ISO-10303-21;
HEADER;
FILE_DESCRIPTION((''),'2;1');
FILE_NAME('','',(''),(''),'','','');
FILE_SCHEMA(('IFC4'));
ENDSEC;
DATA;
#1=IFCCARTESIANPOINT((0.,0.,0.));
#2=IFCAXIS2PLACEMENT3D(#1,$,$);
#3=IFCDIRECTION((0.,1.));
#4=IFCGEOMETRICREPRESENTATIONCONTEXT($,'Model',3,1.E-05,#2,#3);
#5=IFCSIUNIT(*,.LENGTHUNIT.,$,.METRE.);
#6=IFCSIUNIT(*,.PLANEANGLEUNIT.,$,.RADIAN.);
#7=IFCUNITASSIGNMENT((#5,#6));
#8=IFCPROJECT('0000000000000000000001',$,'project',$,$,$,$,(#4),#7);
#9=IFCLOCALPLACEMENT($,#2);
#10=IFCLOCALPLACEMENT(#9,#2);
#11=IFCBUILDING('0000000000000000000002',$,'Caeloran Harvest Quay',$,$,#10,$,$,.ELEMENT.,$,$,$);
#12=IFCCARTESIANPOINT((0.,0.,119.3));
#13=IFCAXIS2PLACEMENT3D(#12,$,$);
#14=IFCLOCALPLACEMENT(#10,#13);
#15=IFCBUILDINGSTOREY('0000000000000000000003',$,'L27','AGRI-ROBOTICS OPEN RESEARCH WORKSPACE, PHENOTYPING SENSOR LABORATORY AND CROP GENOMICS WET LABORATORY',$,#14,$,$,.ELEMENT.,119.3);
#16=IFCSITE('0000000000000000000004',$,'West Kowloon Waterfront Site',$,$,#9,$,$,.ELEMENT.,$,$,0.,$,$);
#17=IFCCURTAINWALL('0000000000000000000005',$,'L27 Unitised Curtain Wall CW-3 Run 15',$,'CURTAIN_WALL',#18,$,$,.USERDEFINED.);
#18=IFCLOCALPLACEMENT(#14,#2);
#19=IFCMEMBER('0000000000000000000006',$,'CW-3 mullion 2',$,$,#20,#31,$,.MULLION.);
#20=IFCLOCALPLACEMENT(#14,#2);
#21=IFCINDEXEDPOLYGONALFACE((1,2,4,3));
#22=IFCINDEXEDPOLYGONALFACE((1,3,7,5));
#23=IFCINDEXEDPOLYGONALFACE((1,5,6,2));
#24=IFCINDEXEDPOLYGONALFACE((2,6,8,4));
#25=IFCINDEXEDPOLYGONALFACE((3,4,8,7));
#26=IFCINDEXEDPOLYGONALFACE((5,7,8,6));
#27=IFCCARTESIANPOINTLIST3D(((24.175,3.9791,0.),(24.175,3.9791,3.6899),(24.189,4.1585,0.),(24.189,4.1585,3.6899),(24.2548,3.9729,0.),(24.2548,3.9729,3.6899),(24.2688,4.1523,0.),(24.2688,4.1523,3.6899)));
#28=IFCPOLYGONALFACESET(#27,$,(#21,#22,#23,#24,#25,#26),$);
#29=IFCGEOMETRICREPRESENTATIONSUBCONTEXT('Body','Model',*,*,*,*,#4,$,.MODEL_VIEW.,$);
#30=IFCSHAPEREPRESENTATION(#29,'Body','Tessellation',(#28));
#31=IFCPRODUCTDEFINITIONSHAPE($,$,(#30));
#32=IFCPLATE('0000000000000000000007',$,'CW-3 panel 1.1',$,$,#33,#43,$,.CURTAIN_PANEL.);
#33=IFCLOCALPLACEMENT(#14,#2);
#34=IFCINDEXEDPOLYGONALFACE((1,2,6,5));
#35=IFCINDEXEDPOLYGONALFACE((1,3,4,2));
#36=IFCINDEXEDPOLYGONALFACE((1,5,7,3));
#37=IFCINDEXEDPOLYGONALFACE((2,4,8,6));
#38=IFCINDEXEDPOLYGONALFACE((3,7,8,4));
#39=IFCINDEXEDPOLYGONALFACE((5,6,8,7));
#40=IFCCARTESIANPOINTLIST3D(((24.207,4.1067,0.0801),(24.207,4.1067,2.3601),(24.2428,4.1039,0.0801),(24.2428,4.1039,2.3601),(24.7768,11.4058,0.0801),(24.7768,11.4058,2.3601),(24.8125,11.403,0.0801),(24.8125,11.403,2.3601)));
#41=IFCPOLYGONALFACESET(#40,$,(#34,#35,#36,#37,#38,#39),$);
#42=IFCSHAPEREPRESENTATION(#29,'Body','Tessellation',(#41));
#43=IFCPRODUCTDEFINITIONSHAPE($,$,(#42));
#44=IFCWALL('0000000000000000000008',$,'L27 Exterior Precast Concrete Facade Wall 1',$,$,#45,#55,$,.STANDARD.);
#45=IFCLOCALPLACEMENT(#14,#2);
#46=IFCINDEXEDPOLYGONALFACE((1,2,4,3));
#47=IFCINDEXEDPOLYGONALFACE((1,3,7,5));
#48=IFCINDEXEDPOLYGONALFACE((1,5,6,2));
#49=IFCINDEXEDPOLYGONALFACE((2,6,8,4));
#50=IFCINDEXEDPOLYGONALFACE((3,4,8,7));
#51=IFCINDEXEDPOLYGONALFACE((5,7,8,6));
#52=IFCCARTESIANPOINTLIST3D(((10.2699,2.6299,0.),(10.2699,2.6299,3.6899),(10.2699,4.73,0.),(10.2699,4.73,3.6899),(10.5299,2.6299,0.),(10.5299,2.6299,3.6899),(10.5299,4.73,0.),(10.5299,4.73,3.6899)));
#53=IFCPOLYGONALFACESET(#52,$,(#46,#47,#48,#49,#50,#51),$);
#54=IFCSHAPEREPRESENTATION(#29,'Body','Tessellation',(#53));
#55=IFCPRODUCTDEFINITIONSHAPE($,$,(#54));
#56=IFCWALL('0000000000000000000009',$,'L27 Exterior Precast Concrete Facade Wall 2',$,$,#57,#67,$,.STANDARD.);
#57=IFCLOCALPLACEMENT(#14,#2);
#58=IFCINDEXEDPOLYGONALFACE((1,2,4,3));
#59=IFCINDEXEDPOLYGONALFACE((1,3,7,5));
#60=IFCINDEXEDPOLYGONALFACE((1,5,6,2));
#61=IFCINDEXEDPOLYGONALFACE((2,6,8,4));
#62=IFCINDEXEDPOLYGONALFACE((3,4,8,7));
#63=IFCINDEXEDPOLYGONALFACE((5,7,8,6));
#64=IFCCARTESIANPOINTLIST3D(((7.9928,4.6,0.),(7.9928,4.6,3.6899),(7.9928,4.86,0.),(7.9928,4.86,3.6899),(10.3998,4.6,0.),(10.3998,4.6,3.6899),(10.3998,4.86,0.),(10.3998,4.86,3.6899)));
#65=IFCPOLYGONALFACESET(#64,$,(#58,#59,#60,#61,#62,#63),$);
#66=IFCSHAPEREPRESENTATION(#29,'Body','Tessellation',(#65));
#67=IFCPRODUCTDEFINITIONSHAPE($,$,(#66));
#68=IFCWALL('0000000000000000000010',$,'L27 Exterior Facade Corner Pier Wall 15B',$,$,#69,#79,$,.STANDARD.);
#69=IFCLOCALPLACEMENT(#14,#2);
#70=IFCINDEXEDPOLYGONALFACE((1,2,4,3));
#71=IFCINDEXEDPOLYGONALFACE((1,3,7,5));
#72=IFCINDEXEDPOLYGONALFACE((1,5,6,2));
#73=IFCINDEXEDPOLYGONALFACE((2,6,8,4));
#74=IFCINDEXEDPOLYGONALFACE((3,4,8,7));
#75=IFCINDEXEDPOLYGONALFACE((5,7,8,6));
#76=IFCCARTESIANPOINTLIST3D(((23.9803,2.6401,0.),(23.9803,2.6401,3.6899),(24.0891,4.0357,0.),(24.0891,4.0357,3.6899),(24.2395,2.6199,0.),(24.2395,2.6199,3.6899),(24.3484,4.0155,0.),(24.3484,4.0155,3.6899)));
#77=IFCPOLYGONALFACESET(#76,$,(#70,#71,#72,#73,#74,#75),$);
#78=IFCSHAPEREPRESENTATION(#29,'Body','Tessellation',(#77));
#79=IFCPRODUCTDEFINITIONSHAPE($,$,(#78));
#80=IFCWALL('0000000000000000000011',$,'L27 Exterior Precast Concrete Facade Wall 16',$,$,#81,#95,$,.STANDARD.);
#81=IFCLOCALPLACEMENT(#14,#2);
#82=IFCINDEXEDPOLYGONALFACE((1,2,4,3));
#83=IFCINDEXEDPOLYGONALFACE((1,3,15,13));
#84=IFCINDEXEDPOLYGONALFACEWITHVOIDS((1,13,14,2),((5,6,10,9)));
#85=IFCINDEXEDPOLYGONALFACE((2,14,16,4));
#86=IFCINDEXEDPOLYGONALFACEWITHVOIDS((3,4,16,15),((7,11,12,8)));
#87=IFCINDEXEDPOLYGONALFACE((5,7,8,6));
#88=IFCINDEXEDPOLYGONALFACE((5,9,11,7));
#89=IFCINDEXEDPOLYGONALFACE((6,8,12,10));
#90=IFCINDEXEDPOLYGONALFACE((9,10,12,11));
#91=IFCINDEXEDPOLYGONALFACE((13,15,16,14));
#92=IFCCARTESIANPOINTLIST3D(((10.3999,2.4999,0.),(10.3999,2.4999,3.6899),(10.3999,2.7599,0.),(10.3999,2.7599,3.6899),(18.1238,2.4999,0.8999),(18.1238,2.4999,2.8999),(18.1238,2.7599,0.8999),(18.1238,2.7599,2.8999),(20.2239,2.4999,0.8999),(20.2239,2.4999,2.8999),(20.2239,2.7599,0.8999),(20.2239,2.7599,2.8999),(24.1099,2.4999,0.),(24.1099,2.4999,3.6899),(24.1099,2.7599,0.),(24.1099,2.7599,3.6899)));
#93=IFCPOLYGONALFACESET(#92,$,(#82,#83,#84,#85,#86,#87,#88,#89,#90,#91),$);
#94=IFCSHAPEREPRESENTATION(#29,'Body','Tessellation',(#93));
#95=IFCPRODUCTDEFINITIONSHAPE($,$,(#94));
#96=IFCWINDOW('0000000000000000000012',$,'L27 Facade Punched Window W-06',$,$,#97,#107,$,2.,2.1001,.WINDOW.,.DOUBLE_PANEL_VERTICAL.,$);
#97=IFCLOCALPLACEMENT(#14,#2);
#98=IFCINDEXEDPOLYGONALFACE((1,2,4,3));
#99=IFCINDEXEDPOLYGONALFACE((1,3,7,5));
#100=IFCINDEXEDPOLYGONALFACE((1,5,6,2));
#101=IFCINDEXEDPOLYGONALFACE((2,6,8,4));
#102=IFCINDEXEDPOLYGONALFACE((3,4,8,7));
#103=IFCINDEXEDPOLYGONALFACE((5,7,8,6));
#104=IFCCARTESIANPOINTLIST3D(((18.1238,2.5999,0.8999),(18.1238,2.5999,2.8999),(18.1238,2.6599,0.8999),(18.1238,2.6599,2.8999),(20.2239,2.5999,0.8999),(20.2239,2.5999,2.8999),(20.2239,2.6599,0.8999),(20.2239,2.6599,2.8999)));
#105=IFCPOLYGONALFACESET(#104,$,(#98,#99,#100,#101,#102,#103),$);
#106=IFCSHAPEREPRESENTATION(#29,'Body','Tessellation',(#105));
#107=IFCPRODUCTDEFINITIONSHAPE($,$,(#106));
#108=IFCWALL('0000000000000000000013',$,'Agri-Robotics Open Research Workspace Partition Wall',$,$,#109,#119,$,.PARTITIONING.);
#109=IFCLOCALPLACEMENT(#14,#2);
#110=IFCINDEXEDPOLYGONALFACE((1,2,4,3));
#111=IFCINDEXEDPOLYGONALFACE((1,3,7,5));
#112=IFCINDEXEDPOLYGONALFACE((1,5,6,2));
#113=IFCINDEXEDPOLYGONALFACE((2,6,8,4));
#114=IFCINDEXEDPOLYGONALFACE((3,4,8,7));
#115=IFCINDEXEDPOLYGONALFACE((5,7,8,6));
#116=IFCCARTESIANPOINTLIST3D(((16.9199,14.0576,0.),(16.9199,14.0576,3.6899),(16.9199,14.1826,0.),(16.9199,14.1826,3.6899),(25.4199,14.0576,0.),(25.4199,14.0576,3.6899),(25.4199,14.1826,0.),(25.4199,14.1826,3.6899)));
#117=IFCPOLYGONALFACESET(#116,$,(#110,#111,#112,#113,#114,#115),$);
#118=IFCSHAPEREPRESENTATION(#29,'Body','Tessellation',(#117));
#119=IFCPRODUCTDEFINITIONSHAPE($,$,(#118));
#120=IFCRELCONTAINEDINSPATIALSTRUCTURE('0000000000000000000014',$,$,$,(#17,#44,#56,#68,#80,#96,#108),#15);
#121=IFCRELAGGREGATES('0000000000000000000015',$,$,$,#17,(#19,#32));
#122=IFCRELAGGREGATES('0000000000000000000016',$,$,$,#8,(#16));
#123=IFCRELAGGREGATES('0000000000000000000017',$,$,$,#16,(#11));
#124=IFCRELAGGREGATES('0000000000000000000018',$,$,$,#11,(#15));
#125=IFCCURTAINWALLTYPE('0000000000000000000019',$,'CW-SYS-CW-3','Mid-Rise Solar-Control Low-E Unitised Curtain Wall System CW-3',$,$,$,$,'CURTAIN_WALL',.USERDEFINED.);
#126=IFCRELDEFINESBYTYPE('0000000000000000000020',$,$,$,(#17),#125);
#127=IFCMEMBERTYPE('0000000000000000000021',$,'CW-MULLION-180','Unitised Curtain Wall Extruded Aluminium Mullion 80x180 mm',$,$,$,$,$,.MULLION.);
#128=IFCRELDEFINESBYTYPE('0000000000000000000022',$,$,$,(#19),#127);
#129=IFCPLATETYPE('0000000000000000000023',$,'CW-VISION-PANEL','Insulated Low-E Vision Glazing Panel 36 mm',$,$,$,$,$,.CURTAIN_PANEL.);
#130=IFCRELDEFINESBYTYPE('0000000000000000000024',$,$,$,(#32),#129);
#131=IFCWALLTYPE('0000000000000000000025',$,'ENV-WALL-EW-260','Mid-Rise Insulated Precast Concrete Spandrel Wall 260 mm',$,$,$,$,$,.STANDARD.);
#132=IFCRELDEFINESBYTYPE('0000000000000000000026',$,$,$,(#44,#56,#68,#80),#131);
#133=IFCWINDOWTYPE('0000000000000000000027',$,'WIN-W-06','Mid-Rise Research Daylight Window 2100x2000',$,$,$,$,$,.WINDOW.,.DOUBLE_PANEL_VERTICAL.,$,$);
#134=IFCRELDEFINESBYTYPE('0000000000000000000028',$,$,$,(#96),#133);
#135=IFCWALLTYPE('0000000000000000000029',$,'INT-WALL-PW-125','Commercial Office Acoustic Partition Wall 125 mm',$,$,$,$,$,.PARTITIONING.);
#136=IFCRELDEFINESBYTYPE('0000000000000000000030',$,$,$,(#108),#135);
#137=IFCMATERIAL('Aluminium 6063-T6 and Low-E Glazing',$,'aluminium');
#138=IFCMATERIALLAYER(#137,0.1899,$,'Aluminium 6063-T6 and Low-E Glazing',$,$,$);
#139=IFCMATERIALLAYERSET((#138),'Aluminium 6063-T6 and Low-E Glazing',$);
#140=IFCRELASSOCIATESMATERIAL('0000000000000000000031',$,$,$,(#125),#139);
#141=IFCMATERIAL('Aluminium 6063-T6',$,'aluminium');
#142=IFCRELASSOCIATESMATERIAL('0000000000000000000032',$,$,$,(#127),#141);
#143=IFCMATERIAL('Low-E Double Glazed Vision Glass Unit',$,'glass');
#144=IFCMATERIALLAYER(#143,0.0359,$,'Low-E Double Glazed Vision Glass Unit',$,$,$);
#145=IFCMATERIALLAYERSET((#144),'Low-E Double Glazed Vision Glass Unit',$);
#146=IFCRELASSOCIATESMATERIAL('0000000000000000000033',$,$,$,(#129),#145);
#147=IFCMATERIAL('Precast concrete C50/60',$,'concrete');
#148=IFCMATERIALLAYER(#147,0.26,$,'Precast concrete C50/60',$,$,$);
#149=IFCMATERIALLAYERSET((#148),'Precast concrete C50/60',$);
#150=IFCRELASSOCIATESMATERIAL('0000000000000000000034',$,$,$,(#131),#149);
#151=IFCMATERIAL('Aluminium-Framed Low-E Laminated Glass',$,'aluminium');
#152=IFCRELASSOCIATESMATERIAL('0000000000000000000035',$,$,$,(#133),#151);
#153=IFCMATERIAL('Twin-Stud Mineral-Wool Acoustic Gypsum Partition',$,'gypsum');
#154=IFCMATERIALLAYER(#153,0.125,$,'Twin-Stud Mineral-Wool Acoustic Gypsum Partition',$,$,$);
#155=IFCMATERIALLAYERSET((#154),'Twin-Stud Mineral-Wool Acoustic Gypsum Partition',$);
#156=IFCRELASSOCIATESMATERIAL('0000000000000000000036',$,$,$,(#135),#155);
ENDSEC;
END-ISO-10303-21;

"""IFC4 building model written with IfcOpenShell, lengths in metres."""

from ifc_helpers import new_model, si_unit, direction, frame, frame_2d, origin, origin_2d, place, context, subcontext, project, spatial, rectangle, extrude, material, layer, layer_set, material_profile, profile_set, type_object, element, fill, aggregate, save


model = new_model("IFC4")

# Units and contexts
model_context = context("Model", 3, precision=1e-05, world=origin(), true_north=direction((0.0, 1.0)))
body_context = subcontext(model_context, "Body", "Model", "MODEL_VIEW")
ifc_project = project(units=[si_unit("LENGTHUNIT", "METRE"), si_unit("PLANEANGLEUNIT", "RADIAN")], contexts=[model_context])

# Site, building, storey
site_placement = place(None, origin())
site = spatial("IfcSite", under=ifc_project, at=site_placement, Name="West Kowloon Waterfront Site", CompositionType="ELEMENT", RefElevation=0.0)
building_placement = place(site_placement, origin())
building = spatial("IfcBuilding", under=site, at=building_placement, Name="Caeloran Harvest Quay", CompositionType="ELEMENT")
storey_placement = place(building_placement, frame((0.0, 0.0, 119.3)))
storey = spatial("IfcBuildingStorey", under=building, at=storey_placement, Name="L27", Description="AGRI-ROBOTICS OPEN RESEARCH WORKSPACE, PHENOTYPING SENSOR LABORATORY AND CROP GENOMICS WET LABORATORY", CompositionType="ELEMENT", Elevation=119.3)

# Curtain wall, member, plate
ifc_material_1 = material(Name="Aluminium 6063-T6 and Low-E Glazing", Category="aluminium")
ifc_layer_1 = layer(ifc_material_1, 0.1899, Name="Aluminium 6063-T6 and Low-E Glazing")
ifc_layer_set_1 = layer_set([ifc_layer_1], Name="Aluminium 6063-T6 and Low-E Glazing")
curtain_wall_type = type_object("IfcCurtainWallType", Name="CW-SYS-CW-3", Description="Mid-Rise Solar-Control Low-E Unitised Curtain Wall System CW-3", ElementType="CURTAIN_WALL", PredefinedType="USERDEFINED", material=ifc_layer_set_1)
curtain_wall_placement = place(storey_placement, origin())
curtain_wall = element("IfcCurtainWall", 1, at=curtain_wall_placement, inside=storey, type_object=curtain_wall_type, Name="L27 Unitised Curtain Wall CW-3 Run 15", ObjectType="CURTAIN_WALL", PredefinedType="USERDEFINED")
ifc_material_2 = material(Name="Aluminium 6063-T6", Category="aluminium")
ifc_material_profile_1 = material_profile(ifc_material_2, rectangle(XDim=0.0801, YDim=0.1799, at=origin_2d()), Name="CW-MULLION-180")
ifc_profile_set_1 = profile_set([ifc_material_profile_1], Name="Aluminium 6063-T6")
member_type = type_object("IfcMemberType", Name="CW-MULLION-180", Description="Unitised Curtain Wall Extruded Aluminium Mullion 80x180 mm", PredefinedType="MULLION", material=ifc_profile_set_1)
member_placement = place(storey_placement, frame((24.2219, 4.0657, 0.0), z_axis=(0.0, 0.0, 1.0), x_axis=(0.996967, -0.077822, 0.0)))
member = element("IfcMember", 2, at=member_placement, type_object=member_type, Name="CW-3 mullion 2", PredefinedType="MULLION", context=body_context, shape_type="SweptSolid", body=[
    extrude(rectangle(XDim=0.0801, YDim=0.1799, at=origin_2d()), origin(), (0.0, 0.0, 1.0), 3.6899),
])
ifc_material_3 = material(Name="Low-E Double Glazed Vision Glass Unit", Category="glass")
ifc_layer_2 = layer(ifc_material_3, 0.0359, Name="Low-E Double Glazed Vision Glass Unit")
ifc_layer_set_2 = layer_set([ifc_layer_2], Name="Low-E Double Glazed Vision Glass Unit")
plate_type = type_object("IfcPlateType", Name="CW-VISION-PANEL", Description="Insulated Low-E Vision Glazing Panel 36 mm", PredefinedType="CURTAIN_PANEL", material=ifc_layer_set_2)
plate_placement = place(storey_placement, frame((24.5098, 7.7549, 0.0801), z_axis=(0.0, 0.0, 1.0), x_axis=(-0.077822, -0.996967, 0.0)))
plate = element("IfcPlate", 3, at=plate_placement, type_object=plate_type, Name="CW-3 panel 1.1", PredefinedType="CURTAIN_PANEL", context=body_context, shape_type="SweptSolid", body=[
    extrude(rectangle(XDim=7.3213, YDim=0.0359, at=origin_2d()), origin(), (0.0, 0.0, 1.0), 2.28),
])
aggregate(curtain_wall, [member, plate])

# Walls
ifc_material_4 = material(Name="Precast concrete C50/60", Category="concrete")
ifc_layer_3 = layer(ifc_material_4, 0.26, Name="Precast concrete C50/60")
ifc_layer_set_3 = layer_set([ifc_layer_3], Name="Precast concrete C50/60")
wall_type_1 = type_object("IfcWallType", Name="ENV-WALL-EW-260", Description="Mid-Rise Insulated Precast Concrete Spandrel Wall 260 mm", PredefinedType="STANDARD", material=ifc_layer_set_3)
wall_1_placement = place(storey_placement, frame((10.3999, 2.6299, 0.0), z_axis=(0.0, 0.0, 1.0), x_axis=(0.0, 1.0, 0.0)))
element("IfcWall", 4, at=wall_1_placement, inside=storey, type_object=wall_type_1, Name="L27 Exterior Precast Concrete Facade Wall 1", PredefinedType="STANDARD", context=body_context, shape_type="SweptSolid", body=[
    extrude(rectangle(XDim=2.1001, YDim=0.26, at=frame_2d((1.05, 0.0))), origin(), (0.0, 0.0, 1.0), 3.6899),
])
wall_2_placement = place(storey_placement, frame((10.3999, 4.73, 0.0), z_axis=(0.0, 0.0, 1.0), x_axis=(-1.0, 0.0, 0.0)))
element("IfcWall", 5, at=wall_2_placement, inside=storey, type_object=wall_type_1, Name="L27 Exterior Precast Concrete Facade Wall 2", PredefinedType="STANDARD", context=body_context, shape_type="SweptSolid", body=[
    extrude(rectangle(XDim=2.407, YDim=0.26, at=frame_2d((1.2036, 0.0))), origin(), (0.0, 0.0, 1.0), 3.6899),
])
wall_3_placement = place(storey_placement, frame((24.2188, 4.0256, 0.0), z_axis=(0.0, 0.0, 1.0), x_axis=(-0.077777, -0.996971, 0.0)))
element("IfcWall", 6, at=wall_3_placement, inside=storey, type_object=wall_type_1, Name="L27 Exterior Facade Corner Pier Wall 15B", PredefinedType="STANDARD", context=body_context, shape_type="SweptSolid", body=[
    extrude(rectangle(XDim=1.3999, YDim=0.26, at=frame_2d((0.7, 0.0))), origin(), (0.0, 0.0, 1.0), 3.6899),
])

# Wall, opening, window
wall_4_placement = place(storey_placement, frame((24.1099, 2.6299, 0.0), z_axis=(0.0, 0.0, 1.0), x_axis=(-1.0, 0.0, 0.0)))
wall_4 = element("IfcWall", 7, at=wall_4_placement, inside=storey, type_object=wall_type_1, Name="L27 Exterior Precast Concrete Facade Wall 16", PredefinedType="STANDARD", context=body_context, shape_type="SweptSolid", body=[
    extrude(rectangle(XDim=13.71, YDim=0.26, at=frame_2d((6.855, 0.0))), origin(), (0.0, 0.0, 1.0), 3.6899),
])
opening_placement = place(wall_4_placement, frame((3.886, 0.0, 0.8999)))
opening = element("IfcOpeningElement", 8, at=opening_placement, cuts=wall_4, PredefinedType="OPENING", context=body_context, shape_type="SweptSolid", body=[
    extrude(rectangle(XDim=2.1001, YDim=2.0, at=frame_2d((1.05, 1.0))), frame((0.0, 0.1401, 0.0), z_axis=(0.0, -1.0, 0.0), x_axis=(1.0, 0.0, 0.0)), (0.0, 0.0, 1.0), 0.28),
])
ifc_material_5 = material(Name="Aluminium-Framed Low-E Laminated Glass", Category="aluminium")
window_type = type_object("IfcWindowType", Name="WIN-W-06", Description="Mid-Rise Research Daylight Window 2100x2000", PartitioningType="DOUBLE_PANEL_VERTICAL", PredefinedType="WINDOW", material=ifc_material_5)
window_placement = place(opening_placement, origin())
window = element("IfcWindow", 9, at=window_placement, inside=storey, type_object=window_type, Name="L27 Facade Punched Window W-06", OverallHeight=2.0, OverallWidth=2.1001, PartitioningType="DOUBLE_PANEL_VERTICAL", PredefinedType="WINDOW", context=body_context, shape_type="SweptSolid", body=[
    extrude(rectangle(XDim=2.1001, YDim=2.0, at=frame_2d((1.05, 1.0))), frame((0.0, 0.03, 0.0), z_axis=(0.0, -1.0, 0.0), x_axis=(1.0, 0.0, 0.0)), (0.0, 0.0, 1.0), 0.0601),
])
fill(opening, window)

# Wall
ifc_material_6 = material(Name="Twin-Stud Mineral-Wool Acoustic Gypsum Partition", Category="gypsum")
ifc_layer_4 = layer(ifc_material_6, 0.125, Name="Twin-Stud Mineral-Wool Acoustic Gypsum Partition")
ifc_layer_set_4 = layer_set([ifc_layer_4], Name="Twin-Stud Mineral-Wool Acoustic Gypsum Partition")
wall_type_2 = type_object("IfcWallType", Name="INT-WALL-PW-125", Description="Commercial Office Acoustic Partition Wall 125 mm", PredefinedType="PARTITIONING", material=ifc_layer_set_4)
wall_5_placement = place(storey_placement, frame((16.9199, 14.1201, 0.0), z_axis=(0.0, 0.0, 1.0), x_axis=(1.0, 0.0, 0.0)))
element("IfcWall", 10, at=wall_5_placement, inside=storey, type_object=wall_type_2, Name="Agri-Robotics Open Research Workspace Partition Wall", PredefinedType="PARTITIONING", context=body_context, shape_type="SweptSolid", body=[
    extrude(rectangle(XDim=8.5, YDim=0.125, at=frame_2d((4.25, 0.0))), origin(), (0.0, 0.0, 1.0), 3.6899),
])

save(model, "model.ifc")
